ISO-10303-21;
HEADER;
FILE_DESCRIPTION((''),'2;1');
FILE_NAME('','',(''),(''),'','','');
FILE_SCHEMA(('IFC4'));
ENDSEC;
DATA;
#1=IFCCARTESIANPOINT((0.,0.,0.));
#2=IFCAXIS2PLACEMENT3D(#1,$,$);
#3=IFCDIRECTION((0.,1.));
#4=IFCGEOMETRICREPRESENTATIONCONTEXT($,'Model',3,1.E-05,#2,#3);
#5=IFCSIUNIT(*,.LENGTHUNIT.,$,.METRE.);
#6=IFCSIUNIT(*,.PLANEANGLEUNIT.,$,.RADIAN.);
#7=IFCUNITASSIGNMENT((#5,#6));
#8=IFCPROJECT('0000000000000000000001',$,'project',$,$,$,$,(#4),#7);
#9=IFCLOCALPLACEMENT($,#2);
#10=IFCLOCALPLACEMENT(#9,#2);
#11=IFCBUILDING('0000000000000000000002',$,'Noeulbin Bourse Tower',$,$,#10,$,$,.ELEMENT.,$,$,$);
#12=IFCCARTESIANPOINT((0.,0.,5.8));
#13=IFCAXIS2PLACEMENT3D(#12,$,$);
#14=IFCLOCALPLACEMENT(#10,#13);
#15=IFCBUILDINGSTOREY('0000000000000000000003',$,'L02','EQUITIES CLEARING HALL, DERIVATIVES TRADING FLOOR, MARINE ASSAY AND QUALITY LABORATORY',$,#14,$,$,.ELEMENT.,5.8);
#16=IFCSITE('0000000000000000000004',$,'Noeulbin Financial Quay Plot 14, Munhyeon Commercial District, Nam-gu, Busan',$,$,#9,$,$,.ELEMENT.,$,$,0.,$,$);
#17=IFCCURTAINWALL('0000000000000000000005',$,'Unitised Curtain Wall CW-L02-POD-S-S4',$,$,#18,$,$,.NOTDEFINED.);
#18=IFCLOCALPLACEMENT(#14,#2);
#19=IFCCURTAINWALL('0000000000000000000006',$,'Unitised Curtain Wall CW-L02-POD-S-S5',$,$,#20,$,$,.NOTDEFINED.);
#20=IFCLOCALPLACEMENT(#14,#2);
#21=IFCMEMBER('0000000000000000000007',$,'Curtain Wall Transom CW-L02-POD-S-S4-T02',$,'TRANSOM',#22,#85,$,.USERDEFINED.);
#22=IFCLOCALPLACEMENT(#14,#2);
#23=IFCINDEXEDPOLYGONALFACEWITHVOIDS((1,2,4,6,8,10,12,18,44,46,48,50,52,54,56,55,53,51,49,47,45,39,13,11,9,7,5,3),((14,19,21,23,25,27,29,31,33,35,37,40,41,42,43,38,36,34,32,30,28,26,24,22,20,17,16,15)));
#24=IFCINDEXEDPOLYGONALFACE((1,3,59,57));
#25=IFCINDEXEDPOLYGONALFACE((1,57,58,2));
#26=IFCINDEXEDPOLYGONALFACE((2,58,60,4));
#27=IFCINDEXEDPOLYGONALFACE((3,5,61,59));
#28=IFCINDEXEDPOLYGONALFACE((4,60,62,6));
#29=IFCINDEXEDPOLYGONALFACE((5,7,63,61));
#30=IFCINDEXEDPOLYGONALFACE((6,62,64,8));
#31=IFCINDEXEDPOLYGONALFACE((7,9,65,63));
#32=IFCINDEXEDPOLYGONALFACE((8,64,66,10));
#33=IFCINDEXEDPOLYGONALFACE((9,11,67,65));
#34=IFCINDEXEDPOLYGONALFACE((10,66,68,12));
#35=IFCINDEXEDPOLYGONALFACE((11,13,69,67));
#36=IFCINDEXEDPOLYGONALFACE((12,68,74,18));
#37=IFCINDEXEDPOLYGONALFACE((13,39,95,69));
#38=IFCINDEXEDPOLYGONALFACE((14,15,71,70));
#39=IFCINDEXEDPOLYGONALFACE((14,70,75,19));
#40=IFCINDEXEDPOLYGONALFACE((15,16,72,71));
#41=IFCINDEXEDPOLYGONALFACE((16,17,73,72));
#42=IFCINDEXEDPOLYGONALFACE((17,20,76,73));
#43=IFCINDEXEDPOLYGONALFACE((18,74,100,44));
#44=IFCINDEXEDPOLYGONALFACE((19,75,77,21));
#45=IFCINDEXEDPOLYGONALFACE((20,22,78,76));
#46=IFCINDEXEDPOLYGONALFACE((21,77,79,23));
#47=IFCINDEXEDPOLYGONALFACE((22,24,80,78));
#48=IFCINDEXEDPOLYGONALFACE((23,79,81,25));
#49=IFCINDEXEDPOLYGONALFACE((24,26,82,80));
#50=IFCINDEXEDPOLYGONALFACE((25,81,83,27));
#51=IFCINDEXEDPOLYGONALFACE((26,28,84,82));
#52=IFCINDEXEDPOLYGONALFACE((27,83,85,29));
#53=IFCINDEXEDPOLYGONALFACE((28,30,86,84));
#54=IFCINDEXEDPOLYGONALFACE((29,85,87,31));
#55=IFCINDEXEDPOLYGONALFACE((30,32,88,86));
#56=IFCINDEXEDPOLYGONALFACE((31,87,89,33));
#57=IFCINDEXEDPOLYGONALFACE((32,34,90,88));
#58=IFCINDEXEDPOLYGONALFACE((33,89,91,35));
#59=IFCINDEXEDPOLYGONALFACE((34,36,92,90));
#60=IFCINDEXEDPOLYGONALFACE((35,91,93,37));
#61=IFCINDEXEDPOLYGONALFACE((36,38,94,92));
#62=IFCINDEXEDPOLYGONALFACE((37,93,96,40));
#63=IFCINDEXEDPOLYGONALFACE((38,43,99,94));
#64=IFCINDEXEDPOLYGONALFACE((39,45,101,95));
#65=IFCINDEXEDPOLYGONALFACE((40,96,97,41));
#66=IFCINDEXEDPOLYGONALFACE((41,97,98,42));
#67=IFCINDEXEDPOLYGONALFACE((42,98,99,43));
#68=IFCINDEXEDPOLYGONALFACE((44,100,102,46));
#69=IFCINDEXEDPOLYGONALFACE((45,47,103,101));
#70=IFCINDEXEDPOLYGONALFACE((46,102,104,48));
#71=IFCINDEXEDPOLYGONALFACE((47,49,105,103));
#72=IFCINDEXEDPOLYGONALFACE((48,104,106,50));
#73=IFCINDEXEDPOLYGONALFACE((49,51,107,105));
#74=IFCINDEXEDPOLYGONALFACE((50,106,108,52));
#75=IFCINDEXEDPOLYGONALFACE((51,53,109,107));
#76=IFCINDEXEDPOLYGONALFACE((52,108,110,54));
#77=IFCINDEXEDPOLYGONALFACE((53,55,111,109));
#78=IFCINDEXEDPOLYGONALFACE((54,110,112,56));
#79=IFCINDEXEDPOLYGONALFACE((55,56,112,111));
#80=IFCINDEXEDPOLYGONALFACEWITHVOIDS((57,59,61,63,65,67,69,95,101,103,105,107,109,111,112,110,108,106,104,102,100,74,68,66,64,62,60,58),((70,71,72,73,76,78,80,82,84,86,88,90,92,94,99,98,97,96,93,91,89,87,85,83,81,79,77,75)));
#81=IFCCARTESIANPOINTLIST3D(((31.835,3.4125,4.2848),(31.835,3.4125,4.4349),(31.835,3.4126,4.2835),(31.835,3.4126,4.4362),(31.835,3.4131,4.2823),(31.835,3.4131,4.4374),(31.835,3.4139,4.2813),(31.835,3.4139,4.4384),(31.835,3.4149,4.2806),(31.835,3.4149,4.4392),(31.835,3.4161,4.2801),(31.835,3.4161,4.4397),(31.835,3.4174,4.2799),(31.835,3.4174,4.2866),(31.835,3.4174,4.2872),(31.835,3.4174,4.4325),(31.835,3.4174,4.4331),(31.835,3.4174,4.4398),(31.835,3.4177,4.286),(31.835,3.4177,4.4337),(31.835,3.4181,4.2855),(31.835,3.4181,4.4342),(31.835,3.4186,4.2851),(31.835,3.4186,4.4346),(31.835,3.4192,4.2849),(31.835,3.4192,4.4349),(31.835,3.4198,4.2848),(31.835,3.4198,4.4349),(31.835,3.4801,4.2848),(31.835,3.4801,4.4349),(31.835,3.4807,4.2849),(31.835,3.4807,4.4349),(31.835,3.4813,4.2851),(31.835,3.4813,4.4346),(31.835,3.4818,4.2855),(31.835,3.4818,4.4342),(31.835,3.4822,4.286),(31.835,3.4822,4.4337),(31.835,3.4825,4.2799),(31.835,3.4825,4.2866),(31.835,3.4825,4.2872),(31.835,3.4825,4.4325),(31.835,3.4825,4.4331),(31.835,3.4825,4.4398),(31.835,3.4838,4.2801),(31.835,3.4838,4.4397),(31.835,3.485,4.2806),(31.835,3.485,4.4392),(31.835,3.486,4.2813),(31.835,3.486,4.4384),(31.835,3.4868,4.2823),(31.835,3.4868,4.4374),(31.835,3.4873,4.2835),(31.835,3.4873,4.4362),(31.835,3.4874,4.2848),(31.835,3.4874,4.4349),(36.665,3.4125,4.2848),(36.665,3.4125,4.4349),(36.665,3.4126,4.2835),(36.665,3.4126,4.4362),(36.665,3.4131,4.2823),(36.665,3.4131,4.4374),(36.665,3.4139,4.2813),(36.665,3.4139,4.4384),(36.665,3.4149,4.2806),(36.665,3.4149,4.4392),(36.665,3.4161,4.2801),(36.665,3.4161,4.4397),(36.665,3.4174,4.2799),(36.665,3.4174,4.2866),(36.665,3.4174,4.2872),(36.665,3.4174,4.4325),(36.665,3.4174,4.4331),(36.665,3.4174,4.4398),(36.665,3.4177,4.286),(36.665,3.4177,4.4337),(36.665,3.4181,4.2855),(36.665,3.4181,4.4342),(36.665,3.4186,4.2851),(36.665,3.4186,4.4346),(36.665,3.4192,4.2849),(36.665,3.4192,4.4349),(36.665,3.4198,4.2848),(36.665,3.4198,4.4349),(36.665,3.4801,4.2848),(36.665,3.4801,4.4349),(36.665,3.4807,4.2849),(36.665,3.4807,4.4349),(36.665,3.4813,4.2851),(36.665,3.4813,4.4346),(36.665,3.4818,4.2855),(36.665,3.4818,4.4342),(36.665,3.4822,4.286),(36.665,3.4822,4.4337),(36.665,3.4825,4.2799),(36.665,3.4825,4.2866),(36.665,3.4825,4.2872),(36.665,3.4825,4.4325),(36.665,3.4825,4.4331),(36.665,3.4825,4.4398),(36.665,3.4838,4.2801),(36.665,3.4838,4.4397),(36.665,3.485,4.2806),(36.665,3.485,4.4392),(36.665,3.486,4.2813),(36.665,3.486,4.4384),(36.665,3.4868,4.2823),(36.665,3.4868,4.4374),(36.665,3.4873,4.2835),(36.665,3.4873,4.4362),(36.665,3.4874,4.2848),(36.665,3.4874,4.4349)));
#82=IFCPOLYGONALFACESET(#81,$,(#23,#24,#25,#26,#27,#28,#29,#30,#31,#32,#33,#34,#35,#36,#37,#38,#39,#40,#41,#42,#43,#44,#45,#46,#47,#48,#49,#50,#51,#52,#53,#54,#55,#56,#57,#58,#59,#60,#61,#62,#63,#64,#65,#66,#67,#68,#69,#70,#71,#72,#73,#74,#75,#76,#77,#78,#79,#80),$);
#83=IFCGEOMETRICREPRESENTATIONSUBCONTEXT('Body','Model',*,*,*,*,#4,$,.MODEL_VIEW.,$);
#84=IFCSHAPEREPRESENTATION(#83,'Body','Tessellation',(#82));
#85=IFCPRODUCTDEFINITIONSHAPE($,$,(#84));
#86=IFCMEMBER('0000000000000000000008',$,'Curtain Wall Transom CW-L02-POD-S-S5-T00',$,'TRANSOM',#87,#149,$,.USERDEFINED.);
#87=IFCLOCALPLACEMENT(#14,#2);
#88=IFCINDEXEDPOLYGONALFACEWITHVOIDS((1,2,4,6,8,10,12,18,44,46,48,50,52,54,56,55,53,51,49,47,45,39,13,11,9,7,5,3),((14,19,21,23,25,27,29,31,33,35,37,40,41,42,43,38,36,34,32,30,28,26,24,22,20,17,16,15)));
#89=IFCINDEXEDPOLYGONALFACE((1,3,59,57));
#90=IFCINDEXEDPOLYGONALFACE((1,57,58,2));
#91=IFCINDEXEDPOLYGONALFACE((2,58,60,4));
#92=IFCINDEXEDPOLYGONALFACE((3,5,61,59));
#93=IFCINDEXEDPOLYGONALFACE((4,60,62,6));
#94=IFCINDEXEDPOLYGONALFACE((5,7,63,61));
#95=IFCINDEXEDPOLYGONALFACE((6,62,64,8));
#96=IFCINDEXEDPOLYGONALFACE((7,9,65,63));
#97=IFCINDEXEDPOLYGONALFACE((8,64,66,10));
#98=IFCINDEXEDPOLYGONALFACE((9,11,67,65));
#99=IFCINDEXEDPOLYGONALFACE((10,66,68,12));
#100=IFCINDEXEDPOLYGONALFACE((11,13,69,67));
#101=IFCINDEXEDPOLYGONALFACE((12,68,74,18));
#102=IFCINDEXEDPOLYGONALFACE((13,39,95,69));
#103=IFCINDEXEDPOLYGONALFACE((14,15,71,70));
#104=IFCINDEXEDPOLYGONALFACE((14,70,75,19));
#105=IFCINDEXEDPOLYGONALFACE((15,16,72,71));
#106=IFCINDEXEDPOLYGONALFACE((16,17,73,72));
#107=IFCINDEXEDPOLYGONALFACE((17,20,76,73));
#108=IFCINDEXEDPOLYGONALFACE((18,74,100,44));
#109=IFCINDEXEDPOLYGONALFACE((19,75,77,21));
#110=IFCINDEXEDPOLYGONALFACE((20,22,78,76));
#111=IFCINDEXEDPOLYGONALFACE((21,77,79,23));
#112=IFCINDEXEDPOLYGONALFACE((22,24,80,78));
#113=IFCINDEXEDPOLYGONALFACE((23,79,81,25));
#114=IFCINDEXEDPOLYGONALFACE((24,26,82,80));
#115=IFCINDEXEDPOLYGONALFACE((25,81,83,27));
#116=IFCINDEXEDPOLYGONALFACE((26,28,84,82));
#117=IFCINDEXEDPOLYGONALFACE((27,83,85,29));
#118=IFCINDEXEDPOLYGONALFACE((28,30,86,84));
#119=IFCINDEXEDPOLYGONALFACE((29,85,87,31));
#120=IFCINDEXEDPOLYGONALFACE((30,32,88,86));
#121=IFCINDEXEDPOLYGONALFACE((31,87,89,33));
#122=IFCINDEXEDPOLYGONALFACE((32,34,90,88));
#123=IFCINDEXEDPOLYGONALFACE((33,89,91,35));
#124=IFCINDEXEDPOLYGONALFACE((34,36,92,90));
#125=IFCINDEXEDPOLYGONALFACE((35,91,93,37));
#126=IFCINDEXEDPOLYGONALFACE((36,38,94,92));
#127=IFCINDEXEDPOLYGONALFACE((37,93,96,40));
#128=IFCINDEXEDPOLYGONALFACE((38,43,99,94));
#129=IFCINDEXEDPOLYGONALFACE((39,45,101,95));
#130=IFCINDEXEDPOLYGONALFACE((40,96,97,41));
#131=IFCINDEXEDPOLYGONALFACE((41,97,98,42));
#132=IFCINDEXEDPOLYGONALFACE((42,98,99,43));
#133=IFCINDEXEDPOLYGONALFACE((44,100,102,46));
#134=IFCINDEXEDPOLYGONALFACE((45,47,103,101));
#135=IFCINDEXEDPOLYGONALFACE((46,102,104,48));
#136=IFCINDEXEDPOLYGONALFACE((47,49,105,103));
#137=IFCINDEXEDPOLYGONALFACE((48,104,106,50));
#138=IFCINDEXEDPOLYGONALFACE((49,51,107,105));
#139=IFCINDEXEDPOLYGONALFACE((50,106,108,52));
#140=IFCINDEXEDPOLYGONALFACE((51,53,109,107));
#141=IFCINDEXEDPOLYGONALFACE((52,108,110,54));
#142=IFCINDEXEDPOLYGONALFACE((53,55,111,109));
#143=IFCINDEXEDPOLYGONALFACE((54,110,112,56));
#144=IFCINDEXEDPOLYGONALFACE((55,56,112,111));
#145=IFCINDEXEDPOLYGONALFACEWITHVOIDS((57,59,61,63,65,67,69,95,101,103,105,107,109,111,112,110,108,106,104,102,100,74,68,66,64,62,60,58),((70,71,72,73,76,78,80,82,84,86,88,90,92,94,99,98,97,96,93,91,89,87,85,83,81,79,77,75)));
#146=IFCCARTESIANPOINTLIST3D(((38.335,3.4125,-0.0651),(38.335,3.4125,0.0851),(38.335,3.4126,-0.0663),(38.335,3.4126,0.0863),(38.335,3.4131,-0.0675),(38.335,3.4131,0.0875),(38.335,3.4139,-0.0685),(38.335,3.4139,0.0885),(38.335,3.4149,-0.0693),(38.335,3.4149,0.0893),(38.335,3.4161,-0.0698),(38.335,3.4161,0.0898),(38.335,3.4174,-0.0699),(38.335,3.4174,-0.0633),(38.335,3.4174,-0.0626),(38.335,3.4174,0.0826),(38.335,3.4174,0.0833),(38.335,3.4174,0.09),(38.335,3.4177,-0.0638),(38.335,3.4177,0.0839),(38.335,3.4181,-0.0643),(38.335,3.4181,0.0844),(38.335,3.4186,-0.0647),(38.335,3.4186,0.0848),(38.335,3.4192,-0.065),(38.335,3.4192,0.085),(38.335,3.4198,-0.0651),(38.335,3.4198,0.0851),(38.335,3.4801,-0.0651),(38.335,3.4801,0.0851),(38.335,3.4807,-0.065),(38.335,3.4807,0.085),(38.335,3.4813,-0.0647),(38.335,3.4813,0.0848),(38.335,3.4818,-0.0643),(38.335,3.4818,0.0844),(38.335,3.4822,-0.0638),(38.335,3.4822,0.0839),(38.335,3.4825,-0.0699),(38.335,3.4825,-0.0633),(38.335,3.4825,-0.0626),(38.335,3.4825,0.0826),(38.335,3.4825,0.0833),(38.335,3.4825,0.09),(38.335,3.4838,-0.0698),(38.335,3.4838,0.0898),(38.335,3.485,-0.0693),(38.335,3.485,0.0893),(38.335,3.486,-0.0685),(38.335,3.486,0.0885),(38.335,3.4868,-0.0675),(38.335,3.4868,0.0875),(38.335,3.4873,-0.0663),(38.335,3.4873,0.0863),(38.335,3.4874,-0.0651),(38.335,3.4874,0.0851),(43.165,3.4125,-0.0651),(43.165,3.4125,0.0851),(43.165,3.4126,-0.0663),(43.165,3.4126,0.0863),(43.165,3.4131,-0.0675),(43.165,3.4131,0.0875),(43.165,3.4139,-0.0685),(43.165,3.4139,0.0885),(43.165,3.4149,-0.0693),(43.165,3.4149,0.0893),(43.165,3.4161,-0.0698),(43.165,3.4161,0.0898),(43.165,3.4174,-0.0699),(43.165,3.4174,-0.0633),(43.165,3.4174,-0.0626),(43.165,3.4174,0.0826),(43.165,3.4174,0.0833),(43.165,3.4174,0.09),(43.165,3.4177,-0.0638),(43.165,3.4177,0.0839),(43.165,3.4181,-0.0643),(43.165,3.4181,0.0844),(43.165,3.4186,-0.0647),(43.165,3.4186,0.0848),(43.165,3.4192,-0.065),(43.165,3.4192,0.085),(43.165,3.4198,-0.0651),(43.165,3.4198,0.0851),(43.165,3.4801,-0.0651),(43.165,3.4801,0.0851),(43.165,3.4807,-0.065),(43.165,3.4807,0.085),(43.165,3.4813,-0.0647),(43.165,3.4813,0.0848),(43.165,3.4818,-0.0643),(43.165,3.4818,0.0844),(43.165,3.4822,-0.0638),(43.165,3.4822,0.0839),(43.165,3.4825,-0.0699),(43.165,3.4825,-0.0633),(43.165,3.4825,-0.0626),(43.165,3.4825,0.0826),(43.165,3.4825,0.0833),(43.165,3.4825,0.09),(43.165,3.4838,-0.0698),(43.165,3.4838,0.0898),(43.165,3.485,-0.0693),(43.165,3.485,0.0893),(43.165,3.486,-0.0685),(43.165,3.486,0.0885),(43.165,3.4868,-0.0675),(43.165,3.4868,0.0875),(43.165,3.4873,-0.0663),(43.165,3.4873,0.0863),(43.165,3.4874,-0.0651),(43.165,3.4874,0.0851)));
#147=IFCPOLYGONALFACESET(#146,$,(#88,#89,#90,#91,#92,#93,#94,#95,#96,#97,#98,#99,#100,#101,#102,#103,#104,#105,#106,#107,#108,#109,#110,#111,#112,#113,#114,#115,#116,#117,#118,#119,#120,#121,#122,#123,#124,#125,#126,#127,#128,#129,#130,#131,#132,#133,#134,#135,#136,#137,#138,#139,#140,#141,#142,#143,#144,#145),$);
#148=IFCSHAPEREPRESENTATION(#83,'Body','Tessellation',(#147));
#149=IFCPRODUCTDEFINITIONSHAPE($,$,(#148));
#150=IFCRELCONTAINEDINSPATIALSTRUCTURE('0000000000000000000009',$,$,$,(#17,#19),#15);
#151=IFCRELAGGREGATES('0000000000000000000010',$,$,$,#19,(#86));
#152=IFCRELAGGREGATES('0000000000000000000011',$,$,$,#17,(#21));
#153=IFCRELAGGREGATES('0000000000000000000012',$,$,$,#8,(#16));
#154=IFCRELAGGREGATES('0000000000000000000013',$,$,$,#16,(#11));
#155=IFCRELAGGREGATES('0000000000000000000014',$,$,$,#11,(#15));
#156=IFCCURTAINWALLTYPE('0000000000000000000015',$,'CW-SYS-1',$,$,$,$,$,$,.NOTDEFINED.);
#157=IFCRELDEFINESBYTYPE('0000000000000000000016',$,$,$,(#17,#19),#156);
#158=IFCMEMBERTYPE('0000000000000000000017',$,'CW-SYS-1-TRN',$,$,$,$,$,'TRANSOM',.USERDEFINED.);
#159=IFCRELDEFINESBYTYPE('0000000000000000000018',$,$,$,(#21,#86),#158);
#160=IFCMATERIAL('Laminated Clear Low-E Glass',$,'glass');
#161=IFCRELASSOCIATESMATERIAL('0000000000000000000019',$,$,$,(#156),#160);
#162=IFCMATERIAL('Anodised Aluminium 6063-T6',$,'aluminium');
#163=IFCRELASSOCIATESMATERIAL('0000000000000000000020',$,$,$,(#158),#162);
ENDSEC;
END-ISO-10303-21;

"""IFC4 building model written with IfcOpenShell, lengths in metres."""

from ifc_helpers import new_model, si_unit, direction, frame, origin, origin_2d, place, context, subcontext, project, spatial, hollow_rectangle, extrude, material, material_profile, profile_set, type_object, element, aggregate, save


model = new_model("IFC4")

# Units and contexts
model_context = context("Model", 3, precision=1e-05, world=origin(), true_north=direction((0.0, 1.0)))
body_context = subcontext(model_context, "Body", "Model", "MODEL_VIEW")
ifc_project = project(units=[si_unit("LENGTHUNIT", "METRE"), si_unit("PLANEANGLEUNIT", "RADIAN")], contexts=[model_context])

# Site, building, storey
site_placement = place(None, origin())
site = spatial("IfcSite", under=ifc_project, at=site_placement, Name="Noeulbin Financial Quay Plot 14, Munhyeon Commercial District, Nam-gu, Busan", CompositionType="ELEMENT", RefElevation=0.0)
building_placement = place(site_placement, origin())
building = spatial("IfcBuilding", under=site, at=building_placement, Name="Noeulbin Bourse Tower", CompositionType="ELEMENT")
storey_placement = place(building_placement, frame((0.0, 0.0, 5.8)))
storey = spatial("IfcBuildingStorey", under=building, at=storey_placement, Name="L02", Description="EQUITIES CLEARING HALL, DERIVATIVES TRADING FLOOR, MARINE ASSAY AND QUALITY LABORATORY", CompositionType="ELEMENT", Elevation=5.8)

# Shared definitions
ifc_material_1 = material(Name="Laminated Clear Low-E Glass", Category="glass")
curtain_wall_type = type_object("IfcCurtainWallType", Name="CW-SYS-1", PredefinedType="NOTDEFINED", material=ifc_material_1)
ifc_material_2 = material(Name="Anodised Aluminium 6063-T6", Category="aluminium")

# Curtain wall
curtain_wall_1_placement = place(storey_placement, origin())
curtain_wall_1 = element("IfcCurtainWall", 1, at=curtain_wall_1_placement, inside=storey, type_object=curtain_wall_type, Name="Unitised Curtain Wall CW-L02-POD-S-S4", PredefinedType="NOTDEFINED")

# Curtain wall
curtain_wall_2_placement = place(storey_placement, origin())
curtain_wall_2 = element("IfcCurtainWall", 2, at=curtain_wall_2_placement, inside=storey, type_object=curtain_wall_type, Name="Unitised Curtain Wall CW-L02-POD-S-S5", PredefinedType="NOTDEFINED")

# Members
ifc_material_profile_1 = material_profile(ifc_material_2, hollow_rectangle(XDim=0.075, YDim=0.1599, WallThickness=0.0049, InnerFilletRadius=0.0024, OuterFilletRadius=0.0049, at=origin_2d()), Name="ALU-TRAN-75x160x5", Category="LoadBearing")
ifc_profile_set_1 = profile_set([ifc_material_profile_1], Name="Anodised Aluminium 6063-T6")
member_type_1 = type_object("IfcMemberType", Name="CW-SYS-1-TRN", ElementType="TRANSOM", PredefinedType="USERDEFINED", material=ifc_profile_set_1)
member_1_placement = place(storey_placement, frame((31.835, 3.45, 4.3599), z_axis=(1.0, 0.0, 0.0), x_axis=(0.0, 1.0, 0.0)))
member_1 = element("IfcMember", 3, at=member_1_placement, type_object=member_type_1, Name="Curtain Wall Transom CW-L02-POD-S-S4-T02", ObjectType="TRANSOM", PredefinedType="USERDEFINED", context=body_context, shape_type="SweptSolid", body=[
    extrude(hollow_rectangle(XDim=0.075, YDim=0.1599, WallThickness=0.0049, InnerFilletRadius=0.0024, OuterFilletRadius=0.0049, at=origin_2d()), origin(), (0.0, 0.0, 1.0), 4.8301),
])
member_2_placement = place(storey_placement, frame((38.335, 3.45, 0.01), z_axis=(1.0, 0.0, 0.0), x_axis=(0.0, 1.0, 0.0)))
member_2 = element("IfcMember", 4, at=member_2_placement, type_object=member_type_1, Name="Curtain Wall Transom CW-L02-POD-S-S5-T00", ObjectType="TRANSOM", PredefinedType="USERDEFINED", context=body_context, shape_type="SweptSolid", body=[
    extrude(hollow_rectangle(XDim=0.075, YDim=0.1599, WallThickness=0.0049, InnerFilletRadius=0.0024, OuterFilletRadius=0.0049, at=origin_2d()), origin(), (0.0, 0.0, 1.0), 4.8301),
])
aggregate(curtain_wall_2, [member_2])

aggregate(curtain_wall_1, [member_1])

save(model, "model.ifc")
